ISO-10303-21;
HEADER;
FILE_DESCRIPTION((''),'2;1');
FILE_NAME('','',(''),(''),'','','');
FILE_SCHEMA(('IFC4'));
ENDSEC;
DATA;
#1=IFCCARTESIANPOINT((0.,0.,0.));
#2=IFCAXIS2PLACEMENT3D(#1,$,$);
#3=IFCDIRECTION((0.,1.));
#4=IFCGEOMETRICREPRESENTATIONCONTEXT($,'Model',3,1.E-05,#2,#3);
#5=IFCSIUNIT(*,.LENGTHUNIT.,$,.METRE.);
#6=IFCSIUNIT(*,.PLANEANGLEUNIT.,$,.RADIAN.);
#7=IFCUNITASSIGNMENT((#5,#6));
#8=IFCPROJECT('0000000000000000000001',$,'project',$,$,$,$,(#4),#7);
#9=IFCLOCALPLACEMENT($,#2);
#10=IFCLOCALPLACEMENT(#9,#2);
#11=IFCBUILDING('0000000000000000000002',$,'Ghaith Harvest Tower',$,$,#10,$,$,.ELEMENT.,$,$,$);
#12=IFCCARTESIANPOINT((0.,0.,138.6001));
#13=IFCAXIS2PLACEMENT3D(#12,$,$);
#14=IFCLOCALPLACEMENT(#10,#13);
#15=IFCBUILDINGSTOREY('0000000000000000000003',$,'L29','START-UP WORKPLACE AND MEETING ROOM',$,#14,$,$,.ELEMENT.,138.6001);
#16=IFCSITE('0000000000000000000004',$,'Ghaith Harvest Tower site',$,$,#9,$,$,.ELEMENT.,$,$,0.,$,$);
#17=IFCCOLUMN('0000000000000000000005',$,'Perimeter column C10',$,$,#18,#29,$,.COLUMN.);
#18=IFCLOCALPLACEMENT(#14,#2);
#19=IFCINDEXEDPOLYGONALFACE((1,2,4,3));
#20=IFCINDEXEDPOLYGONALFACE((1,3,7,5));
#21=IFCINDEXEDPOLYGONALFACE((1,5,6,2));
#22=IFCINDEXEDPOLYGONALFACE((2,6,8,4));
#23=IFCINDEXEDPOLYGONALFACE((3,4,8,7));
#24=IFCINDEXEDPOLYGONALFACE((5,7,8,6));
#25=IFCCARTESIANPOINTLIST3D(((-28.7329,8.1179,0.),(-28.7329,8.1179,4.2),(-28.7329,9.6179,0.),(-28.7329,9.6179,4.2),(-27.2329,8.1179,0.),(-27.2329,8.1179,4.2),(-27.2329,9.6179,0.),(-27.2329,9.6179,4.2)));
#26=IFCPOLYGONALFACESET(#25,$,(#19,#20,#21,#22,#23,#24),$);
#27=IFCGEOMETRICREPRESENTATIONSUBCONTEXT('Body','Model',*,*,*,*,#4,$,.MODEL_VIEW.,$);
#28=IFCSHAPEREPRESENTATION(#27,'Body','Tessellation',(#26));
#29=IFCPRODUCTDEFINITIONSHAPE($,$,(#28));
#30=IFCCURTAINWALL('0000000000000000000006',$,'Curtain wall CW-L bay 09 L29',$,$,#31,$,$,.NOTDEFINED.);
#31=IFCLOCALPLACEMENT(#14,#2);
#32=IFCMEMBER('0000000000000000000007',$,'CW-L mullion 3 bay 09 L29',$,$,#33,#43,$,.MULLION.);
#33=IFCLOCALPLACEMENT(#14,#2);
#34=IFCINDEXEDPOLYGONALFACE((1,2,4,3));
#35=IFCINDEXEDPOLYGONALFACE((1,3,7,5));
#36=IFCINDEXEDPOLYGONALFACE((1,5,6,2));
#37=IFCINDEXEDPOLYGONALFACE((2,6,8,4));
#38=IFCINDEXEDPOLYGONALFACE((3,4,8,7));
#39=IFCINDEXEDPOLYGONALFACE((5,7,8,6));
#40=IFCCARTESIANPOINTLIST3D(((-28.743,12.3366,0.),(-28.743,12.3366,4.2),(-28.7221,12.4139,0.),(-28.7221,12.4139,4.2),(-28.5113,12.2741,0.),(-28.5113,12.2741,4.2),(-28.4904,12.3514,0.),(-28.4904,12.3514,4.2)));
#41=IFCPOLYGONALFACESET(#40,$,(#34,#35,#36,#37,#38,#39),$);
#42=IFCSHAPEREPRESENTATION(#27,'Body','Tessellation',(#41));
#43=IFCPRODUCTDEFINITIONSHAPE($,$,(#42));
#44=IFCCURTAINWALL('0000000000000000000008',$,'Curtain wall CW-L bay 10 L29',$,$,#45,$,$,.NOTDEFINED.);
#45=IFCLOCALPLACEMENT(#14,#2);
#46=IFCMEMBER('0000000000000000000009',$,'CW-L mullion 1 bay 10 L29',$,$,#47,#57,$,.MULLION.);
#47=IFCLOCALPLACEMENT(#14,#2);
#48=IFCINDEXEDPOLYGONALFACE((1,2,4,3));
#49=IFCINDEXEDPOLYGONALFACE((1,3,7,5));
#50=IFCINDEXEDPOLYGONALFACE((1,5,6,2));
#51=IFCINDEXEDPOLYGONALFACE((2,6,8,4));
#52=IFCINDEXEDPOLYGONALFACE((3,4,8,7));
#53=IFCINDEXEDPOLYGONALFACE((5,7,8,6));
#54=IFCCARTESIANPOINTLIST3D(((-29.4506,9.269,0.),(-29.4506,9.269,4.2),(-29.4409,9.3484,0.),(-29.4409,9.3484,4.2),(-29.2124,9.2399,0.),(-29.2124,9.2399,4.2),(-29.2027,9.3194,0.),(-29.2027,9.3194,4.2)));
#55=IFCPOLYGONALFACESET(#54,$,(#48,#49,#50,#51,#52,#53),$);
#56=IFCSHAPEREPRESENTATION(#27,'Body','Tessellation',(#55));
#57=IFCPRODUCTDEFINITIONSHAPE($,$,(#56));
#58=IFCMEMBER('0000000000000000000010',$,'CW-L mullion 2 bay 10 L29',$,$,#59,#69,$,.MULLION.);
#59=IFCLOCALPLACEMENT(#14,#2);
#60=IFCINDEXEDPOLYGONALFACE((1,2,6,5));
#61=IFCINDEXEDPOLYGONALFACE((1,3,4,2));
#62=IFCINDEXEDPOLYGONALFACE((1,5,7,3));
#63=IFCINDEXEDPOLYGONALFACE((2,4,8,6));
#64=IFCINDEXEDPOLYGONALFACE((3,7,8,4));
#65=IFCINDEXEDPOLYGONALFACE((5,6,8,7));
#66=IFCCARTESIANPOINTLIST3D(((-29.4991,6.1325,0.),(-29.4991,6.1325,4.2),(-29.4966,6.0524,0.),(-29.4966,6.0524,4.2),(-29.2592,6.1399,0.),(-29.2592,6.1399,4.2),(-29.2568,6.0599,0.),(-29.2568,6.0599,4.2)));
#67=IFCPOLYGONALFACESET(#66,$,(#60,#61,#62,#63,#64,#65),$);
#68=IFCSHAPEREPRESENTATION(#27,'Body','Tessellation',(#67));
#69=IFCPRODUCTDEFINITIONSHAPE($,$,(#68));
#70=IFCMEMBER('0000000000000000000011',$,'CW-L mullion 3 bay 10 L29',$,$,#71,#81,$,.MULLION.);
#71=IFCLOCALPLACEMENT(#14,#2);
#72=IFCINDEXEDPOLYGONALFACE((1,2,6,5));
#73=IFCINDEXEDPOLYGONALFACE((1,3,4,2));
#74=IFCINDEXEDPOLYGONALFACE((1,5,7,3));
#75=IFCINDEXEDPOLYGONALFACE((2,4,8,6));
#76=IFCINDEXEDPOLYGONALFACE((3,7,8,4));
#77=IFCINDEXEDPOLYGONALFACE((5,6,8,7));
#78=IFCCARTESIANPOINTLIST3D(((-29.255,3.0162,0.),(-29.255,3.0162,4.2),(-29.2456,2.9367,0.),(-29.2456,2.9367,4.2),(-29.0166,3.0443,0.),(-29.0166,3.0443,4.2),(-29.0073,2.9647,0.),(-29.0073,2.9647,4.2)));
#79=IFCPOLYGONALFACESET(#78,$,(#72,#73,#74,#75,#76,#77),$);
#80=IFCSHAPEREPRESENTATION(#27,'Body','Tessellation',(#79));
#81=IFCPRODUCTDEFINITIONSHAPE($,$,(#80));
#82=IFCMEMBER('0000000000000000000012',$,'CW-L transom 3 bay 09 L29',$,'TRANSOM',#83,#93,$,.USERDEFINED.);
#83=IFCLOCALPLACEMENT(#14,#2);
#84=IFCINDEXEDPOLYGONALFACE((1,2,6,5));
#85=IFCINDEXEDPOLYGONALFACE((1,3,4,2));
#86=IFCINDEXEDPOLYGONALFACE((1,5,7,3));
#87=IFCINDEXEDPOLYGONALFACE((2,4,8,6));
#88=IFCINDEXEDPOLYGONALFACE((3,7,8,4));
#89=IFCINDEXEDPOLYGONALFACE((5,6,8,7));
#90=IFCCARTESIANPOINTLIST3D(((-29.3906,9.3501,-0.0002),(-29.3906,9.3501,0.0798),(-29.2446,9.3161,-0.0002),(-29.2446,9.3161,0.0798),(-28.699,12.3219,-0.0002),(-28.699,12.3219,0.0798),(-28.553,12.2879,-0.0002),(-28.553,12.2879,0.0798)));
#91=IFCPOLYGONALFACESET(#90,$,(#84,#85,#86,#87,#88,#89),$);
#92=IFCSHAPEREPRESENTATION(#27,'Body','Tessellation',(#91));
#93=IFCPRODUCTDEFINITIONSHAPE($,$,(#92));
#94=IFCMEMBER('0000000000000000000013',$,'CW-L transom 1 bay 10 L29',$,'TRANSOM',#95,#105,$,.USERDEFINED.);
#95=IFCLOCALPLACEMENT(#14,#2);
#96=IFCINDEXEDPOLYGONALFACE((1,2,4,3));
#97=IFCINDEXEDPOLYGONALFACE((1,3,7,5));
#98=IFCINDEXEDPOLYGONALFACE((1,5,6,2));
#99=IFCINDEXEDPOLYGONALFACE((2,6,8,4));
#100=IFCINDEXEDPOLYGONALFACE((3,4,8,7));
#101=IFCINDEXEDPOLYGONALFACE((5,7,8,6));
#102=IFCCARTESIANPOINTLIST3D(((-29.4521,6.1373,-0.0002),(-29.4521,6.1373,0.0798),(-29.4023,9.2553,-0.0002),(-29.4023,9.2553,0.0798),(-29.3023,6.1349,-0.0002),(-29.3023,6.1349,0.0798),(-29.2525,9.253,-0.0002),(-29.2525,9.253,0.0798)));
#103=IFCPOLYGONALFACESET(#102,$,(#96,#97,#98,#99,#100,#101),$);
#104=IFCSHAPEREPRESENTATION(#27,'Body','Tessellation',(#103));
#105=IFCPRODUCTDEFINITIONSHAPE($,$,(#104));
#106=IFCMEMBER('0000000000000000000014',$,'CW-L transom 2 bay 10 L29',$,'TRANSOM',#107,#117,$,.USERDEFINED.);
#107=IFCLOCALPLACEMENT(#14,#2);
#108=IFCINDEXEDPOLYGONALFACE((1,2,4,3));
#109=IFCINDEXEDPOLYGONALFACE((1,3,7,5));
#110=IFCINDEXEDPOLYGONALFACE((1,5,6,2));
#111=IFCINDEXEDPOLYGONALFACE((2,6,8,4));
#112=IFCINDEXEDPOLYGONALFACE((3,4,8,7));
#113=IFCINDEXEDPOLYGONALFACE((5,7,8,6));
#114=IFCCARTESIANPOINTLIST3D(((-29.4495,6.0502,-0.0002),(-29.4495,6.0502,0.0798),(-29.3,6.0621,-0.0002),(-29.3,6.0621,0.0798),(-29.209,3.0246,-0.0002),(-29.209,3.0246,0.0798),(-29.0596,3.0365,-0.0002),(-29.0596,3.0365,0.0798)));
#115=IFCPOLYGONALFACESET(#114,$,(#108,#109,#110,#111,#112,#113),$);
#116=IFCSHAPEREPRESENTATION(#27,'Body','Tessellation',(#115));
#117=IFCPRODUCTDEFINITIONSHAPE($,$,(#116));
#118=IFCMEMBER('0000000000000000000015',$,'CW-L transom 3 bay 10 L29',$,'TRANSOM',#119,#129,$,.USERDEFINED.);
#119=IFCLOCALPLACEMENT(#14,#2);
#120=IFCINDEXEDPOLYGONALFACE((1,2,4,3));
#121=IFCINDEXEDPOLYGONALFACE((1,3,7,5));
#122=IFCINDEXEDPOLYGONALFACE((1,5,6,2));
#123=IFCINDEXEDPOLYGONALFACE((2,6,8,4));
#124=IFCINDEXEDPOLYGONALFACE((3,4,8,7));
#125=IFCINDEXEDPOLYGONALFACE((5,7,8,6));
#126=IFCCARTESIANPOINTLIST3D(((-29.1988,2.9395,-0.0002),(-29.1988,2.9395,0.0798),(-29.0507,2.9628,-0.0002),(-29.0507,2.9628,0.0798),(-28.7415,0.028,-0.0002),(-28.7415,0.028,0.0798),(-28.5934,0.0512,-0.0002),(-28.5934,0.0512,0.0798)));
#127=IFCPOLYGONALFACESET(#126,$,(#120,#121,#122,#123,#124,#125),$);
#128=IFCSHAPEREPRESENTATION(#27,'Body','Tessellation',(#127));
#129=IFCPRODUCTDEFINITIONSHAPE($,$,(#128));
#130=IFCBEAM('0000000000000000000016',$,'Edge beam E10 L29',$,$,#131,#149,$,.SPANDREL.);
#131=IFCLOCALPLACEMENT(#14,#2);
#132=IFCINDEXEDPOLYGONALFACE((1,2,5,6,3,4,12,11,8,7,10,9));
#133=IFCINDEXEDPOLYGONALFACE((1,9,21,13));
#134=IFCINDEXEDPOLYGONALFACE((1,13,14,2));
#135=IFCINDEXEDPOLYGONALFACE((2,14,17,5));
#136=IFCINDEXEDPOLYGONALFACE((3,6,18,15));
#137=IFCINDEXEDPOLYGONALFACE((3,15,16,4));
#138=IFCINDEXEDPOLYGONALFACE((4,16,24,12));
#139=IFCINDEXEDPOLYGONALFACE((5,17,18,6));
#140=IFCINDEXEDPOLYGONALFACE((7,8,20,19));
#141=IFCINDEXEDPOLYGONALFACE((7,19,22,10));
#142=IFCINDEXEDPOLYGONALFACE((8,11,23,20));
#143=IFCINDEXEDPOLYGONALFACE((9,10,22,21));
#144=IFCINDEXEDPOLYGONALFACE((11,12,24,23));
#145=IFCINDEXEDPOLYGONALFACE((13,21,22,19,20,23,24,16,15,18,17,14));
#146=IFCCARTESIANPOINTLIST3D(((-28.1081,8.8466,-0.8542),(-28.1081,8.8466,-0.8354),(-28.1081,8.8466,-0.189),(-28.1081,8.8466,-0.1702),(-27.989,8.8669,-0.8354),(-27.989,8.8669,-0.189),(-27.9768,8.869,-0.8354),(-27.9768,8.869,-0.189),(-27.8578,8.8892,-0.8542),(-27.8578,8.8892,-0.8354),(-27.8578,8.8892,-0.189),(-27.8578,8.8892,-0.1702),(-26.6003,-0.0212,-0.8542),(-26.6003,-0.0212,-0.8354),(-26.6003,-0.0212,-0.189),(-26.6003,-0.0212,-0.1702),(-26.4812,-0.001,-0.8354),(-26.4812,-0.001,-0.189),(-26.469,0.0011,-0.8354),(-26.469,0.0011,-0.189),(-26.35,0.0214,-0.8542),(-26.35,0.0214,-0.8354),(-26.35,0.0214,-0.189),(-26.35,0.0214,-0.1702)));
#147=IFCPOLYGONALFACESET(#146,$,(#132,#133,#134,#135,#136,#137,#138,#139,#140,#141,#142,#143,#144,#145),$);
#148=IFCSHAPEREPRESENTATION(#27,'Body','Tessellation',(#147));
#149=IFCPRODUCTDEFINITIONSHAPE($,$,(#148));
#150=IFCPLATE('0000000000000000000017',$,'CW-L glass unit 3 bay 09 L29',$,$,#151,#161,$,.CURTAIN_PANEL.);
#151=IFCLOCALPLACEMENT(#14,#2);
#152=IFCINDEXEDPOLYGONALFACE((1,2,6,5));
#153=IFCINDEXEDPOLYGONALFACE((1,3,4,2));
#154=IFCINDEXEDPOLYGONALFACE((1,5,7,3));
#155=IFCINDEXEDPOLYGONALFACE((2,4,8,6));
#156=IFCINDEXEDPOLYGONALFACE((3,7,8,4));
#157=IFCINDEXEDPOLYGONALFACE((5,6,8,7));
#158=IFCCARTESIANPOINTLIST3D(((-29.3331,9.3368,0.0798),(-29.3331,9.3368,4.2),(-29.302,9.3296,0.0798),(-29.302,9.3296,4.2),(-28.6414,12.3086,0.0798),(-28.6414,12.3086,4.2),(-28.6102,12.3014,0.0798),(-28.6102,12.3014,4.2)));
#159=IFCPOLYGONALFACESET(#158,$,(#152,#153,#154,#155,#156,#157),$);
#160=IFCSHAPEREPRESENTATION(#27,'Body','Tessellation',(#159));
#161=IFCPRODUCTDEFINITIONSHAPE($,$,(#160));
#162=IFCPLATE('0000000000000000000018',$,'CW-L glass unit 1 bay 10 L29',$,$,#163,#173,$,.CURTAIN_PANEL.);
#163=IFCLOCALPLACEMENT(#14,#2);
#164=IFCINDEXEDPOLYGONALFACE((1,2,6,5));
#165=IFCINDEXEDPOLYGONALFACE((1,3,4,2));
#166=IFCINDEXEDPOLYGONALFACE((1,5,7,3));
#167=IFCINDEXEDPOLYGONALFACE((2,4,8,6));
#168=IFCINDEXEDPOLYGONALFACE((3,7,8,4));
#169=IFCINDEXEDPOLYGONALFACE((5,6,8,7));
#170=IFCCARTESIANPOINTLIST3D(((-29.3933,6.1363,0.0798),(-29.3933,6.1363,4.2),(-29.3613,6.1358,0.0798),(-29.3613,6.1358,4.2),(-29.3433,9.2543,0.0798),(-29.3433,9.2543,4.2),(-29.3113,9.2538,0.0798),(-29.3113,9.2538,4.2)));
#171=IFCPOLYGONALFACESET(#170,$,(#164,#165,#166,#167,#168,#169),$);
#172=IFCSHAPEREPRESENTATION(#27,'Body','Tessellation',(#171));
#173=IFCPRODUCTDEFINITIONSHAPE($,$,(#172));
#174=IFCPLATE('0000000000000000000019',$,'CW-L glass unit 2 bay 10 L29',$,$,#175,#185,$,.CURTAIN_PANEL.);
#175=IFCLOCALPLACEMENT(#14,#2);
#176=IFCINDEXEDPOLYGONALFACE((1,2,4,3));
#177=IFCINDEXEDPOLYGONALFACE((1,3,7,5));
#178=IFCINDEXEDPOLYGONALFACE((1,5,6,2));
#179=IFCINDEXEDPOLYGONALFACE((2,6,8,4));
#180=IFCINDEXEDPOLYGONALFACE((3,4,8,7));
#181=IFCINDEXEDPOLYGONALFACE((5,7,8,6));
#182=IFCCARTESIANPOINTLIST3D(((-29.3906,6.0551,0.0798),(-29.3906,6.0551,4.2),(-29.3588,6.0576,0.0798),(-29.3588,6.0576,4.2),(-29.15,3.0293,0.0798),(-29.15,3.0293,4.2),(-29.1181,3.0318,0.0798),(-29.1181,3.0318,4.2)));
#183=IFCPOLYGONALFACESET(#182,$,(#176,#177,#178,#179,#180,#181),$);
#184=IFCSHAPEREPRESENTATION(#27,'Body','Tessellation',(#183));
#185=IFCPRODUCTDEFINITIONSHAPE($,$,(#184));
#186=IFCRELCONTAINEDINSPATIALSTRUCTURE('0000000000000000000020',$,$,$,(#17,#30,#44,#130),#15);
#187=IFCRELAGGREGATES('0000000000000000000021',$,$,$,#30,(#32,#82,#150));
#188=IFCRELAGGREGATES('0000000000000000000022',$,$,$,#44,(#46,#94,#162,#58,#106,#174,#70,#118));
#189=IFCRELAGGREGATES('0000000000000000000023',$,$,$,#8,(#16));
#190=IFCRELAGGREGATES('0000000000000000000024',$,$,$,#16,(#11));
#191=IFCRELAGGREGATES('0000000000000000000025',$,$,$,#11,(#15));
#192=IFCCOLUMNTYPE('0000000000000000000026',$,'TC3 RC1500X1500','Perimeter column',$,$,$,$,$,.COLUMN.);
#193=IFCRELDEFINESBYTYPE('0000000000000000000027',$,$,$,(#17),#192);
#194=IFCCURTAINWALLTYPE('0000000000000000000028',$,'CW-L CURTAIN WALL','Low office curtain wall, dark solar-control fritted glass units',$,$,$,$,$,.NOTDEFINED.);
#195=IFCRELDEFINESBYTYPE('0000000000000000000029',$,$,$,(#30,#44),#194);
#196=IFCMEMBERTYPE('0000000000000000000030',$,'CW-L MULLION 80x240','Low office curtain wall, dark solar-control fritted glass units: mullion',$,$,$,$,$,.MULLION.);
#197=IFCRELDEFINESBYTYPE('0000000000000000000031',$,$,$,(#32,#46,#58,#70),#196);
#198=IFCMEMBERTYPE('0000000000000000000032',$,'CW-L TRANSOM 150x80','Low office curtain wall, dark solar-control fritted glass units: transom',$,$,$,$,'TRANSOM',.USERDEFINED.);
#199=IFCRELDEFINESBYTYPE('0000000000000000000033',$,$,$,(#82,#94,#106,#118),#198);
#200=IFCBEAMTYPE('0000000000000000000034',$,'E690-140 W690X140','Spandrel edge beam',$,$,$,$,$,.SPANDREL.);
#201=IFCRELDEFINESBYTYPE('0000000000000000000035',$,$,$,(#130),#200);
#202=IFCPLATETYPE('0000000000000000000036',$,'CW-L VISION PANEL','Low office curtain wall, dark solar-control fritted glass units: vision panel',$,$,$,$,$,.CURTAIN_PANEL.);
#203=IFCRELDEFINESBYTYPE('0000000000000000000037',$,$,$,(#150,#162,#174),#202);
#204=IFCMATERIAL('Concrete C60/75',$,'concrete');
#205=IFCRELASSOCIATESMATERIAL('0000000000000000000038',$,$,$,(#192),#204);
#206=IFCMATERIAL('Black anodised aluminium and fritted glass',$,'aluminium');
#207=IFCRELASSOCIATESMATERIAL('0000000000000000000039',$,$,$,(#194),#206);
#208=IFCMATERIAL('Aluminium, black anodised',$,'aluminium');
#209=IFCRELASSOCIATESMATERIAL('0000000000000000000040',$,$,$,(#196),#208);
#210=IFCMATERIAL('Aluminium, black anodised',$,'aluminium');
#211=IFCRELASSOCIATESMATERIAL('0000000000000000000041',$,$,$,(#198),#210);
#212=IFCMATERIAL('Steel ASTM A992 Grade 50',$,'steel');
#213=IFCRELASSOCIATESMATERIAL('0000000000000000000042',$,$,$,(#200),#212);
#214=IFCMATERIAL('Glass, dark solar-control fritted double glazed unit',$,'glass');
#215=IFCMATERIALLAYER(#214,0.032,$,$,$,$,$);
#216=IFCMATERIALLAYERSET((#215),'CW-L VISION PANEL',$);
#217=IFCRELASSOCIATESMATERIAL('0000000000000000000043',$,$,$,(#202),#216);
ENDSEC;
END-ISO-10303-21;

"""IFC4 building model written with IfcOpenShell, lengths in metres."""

from ifc_helpers import new_model, si_unit, direction, frame, origin, origin_2d, place, context, subcontext, project, spatial, rectangle, i_section, extrude, material, layer, layer_set, material_profile, profile_set, type_object, element, aggregate, save


model = new_model("IFC4")

# Units and contexts
model_context = context("Model", 3, precision=1e-05, world=origin(), true_north=direction((0.0, 1.0)))
body_context = subcontext(model_context, "Body", "Model", "MODEL_VIEW")
ifc_project = project(units=[si_unit("LENGTHUNIT", "METRE"), si_unit("PLANEANGLEUNIT", "RADIAN")], contexts=[model_context])

# Site, building, storey
site_placement = place(None, origin())
site = spatial("IfcSite", under=ifc_project, at=site_placement, Name="Ghaith Harvest Tower site", CompositionType="ELEMENT", RefElevation=0.0)
building_placement = place(site_placement, origin())
building = spatial("IfcBuilding", under=site, at=building_placement, Name="Ghaith Harvest Tower", CompositionType="ELEMENT")
storey_placement = place(building_placement, frame((0.0, 0.0, 138.6001)))
storey = spatial("IfcBuildingStorey", under=building, at=storey_placement, Name="L29", Description="START-UP WORKPLACE AND MEETING ROOM", CompositionType="ELEMENT", Elevation=138.6001)

# Column
ifc_material_1 = material(Name="Concrete C60/75", Category="concrete")
ifc_material_profile_1 = material_profile(ifc_material_1, rectangle(XDim=1.5, YDim=1.5, at=origin_2d()), Name="RC1500X1500")
ifc_profile_set_1 = profile_set([ifc_material_profile_1], Name="Concrete C60/75")
column_type = type_object("IfcColumnType", Name="TC3 RC1500X1500", Description="Perimeter column", PredefinedType="COLUMN", material=ifc_profile_set_1)
column_placement = place(storey_placement, frame((-27.9829, 8.8679, 0.0), z_axis=(0.0, 0.0, 1.0), x_axis=(1.0, 0.0, 0.0)))
element("IfcColumn", 1, at=column_placement, inside=storey, type_object=column_type, Name="Perimeter column C10", PredefinedType="COLUMN", context=body_context, shape_type="SweptSolid", body=[
    extrude(rectangle(XDim=1.5, YDim=1.5, at=origin_2d()), origin(), (0.0, 0.0, 1.0), 4.2),
])

# Curtain wall, member
ifc_material_2 = material(Name="Black anodised aluminium and fritted glass", Category="aluminium")
curtain_wall_type = type_object("IfcCurtainWallType", Name="CW-L CURTAIN WALL", Description="Low office curtain wall, dark solar-control fritted glass units", PredefinedType="NOTDEFINED", material=ifc_material_2)
curtain_wall_1_placement = place(storey_placement, origin())
curtain_wall_1 = element("IfcCurtainWall", 2, at=curtain_wall_1_placement, inside=storey, type_object=curtain_wall_type, Name="Curtain wall CW-L bay 09 L29", PredefinedType="NOTDEFINED")
ifc_material_3 = material(Name="Aluminium, black anodised", Category="aluminium")
ifc_material_profile_2 = material_profile(ifc_material_3, rectangle(XDim=0.0801, YDim=0.24, at=origin_2d()), Name="CW-L MULLION 80x240")
ifc_profile_set_2 = profile_set([ifc_material_profile_2], Name="Aluminium, black anodised")
member_type_1 = type_object("IfcMemberType", Name="CW-L MULLION 80x240", Description="Low office curtain wall, dark solar-control fritted glass units: mullion", PredefinedType="MULLION", material=ifc_profile_set_2)
member_1_placement = place(storey_placement, frame((-28.6167, 12.344, 0.0), z_axis=(0.0, 0.0, 1.0), x_axis=(-0.260727, -0.965412, 0.0)))
member_1 = element("IfcMember", 3, at=member_1_placement, type_object=member_type_1, Name="CW-L mullion 3 bay 09 L29", PredefinedType="MULLION", context=body_context, shape_type="SweptSolid", body=[
    extrude(rectangle(XDim=0.0801, YDim=0.24, at=origin_2d()), origin(), (0.0, 0.0, 1.0), 4.2),
])

# Curtain wall, members
curtain_wall_2_placement = place(storey_placement, origin())
curtain_wall_2 = element("IfcCurtainWall", 4, at=curtain_wall_2_placement, inside=storey, type_object=curtain_wall_type, Name="Curtain wall CW-L bay 10 L29", PredefinedType="NOTDEFINED")
member_2_placement = place(storey_placement, frame((-29.3267, 9.2942, 0.0), z_axis=(0.0, 0.0, 1.0), x_axis=(-0.120932, -0.992661, 0.0)))
member_2 = element("IfcMember", 5, at=member_2_placement, type_object=member_type_1, Name="CW-L mullion 1 bay 10 L29", PredefinedType="MULLION", context=body_context, shape_type="SweptSolid", body=[
    extrude(rectangle(XDim=0.0801, YDim=0.24, at=origin_2d()), origin(), (0.0, 0.0, 1.0), 4.2),
])
member_3_placement = place(storey_placement, frame((-29.3779, 6.0962, 0.0), z_axis=(0.0, 0.0, 1.0), x_axis=(0.031028, -0.999519, 0.0)))
member_3 = element("IfcMember", 6, at=member_3_placement, type_object=member_type_1, Name="CW-L mullion 2 bay 10 L29", PredefinedType="MULLION", context=body_context, shape_type="SweptSolid", body=[
    extrude(rectangle(XDim=0.0801, YDim=0.24, at=origin_2d()), origin(), (0.0, 0.0, 1.0), 4.2),
])
member_4_placement = place(storey_placement, frame((-29.1311, 2.9905, 0.0), z_axis=(0.0, 0.0, 1.0), x_axis=(0.116764, -0.99316, 0.0)))
member_4 = element("IfcMember", 7, at=member_4_placement, type_object=member_type_1, Name="CW-L mullion 3 bay 10 L29", PredefinedType="MULLION", context=body_context, shape_type="SweptSolid", body=[
    extrude(rectangle(XDim=0.0801, YDim=0.24, at=origin_2d()), origin(), (0.0, 0.0, 1.0), 4.2),
])

# Members
ifc_material_4 = material(Name="Aluminium, black anodised", Category="aluminium")
ifc_material_profile_3 = material_profile(ifc_material_4, rectangle(XDim=0.1499, YDim=0.0801, at=origin_2d()), Name="CW-L TRANSOM 150x80")
ifc_profile_set_3 = profile_set([ifc_material_profile_3], Name="Aluminium, black anodised")
member_type_2 = type_object("IfcMemberType", Name="CW-L TRANSOM 150x80", Description="Low office curtain wall, dark solar-control fritted glass units: transom", ElementType="TRANSOM", PredefinedType="USERDEFINED", material=ifc_profile_set_3)
member_5_placement = place(storey_placement, frame((-28.626, 12.3049, 0.0398), z_axis=(-0.226671, -0.973971, 0.0), x_axis=(0.973971, -0.226671, 0.0)))
member_5 = element("IfcMember", 8, at=member_5_placement, type_object=member_type_2, Name="CW-L transom 3 bay 09 L29", ObjectType="TRANSOM", PredefinedType="USERDEFINED", context=body_context, shape_type="SweptSolid", body=[
    extrude(rectangle(XDim=0.1499, YDim=0.0801, at=origin_2d()), origin(), (0.0, 0.0, 1.0), 3.0513),
])
member_6_placement = place(storey_placement, frame((-29.3274, 9.2542, 0.0398), z_axis=(-0.015972, -0.999872, 0.0), x_axis=(0.999872, -0.015972, 0.0)))
member_6 = element("IfcMember", 9, at=member_6_placement, type_object=member_type_2, Name="CW-L transom 1 bay 10 L29", ObjectType="TRANSOM", PredefinedType="USERDEFINED", context=body_context, shape_type="SweptSolid", body=[
    extrude(rectangle(XDim=0.1499, YDim=0.0801, at=origin_2d()), origin(), (0.0, 0.0, 1.0), 3.1184),
])
member_7_placement = place(storey_placement, frame((-29.3748, 6.0562, 0.0398), z_axis=(0.07923, -0.996856, 0.0), x_axis=(0.996856, 0.07923, 0.0)))
member_7 = element("IfcMember", 10, at=member_7_placement, type_object=member_type_2, Name="CW-L transom 2 bay 10 L29", ObjectType="TRANSOM", PredefinedType="USERDEFINED", context=body_context, shape_type="SweptSolid", body=[
    extrude(rectangle(XDim=0.1499, YDim=0.0801, at=origin_2d()), origin(), (0.0, 0.0, 1.0), 3.0352),
])
member_8_placement = place(storey_placement, frame((-29.1248, 2.9512, 0.0398), z_axis=(0.15515, -0.987891, 0.0), x_axis=(0.987891, 0.15515, 0.0)))
member_8 = element("IfcMember", 11, at=member_8_placement, type_object=member_type_2, Name="CW-L transom 3 bay 10 L29", ObjectType="TRANSOM", PredefinedType="USERDEFINED", context=body_context, shape_type="SweptSolid", body=[
    extrude(rectangle(XDim=0.1499, YDim=0.0801, at=origin_2d()), origin(), (0.0, 0.0, 1.0), 2.9473),
])

# Beam
ifc_material_5 = material(Name="Steel ASTM A992 Grade 50", Category="steel")
ifc_material_profile_4 = material_profile(ifc_material_5, i_section(OverallWidth=0.2539, OverallDepth=0.6841, WebThickness=0.0125, FlangeThickness=0.0188, at=origin_2d()), Name="W690X140")
ifc_profile_set_4 = profile_set([ifc_material_profile_4], Name="Steel ASTM A992 Grade 50")
beam_type = type_object("IfcBeamType", Name="E690-140 W690X140", Description="Spandrel edge beam", PredefinedType="SPANDREL", material=ifc_profile_set_4)
beam_placement = place(storey_placement, frame((-27.9829, 8.8679, -0.5122), z_axis=(0.167624, -0.985851, 0.0), x_axis=(0.985851, 0.167624, 0.0)))
element("IfcBeam", 12, at=beam_placement, inside=storey, type_object=beam_type, Name="Edge beam E10 L29", PredefinedType="SPANDREL", context=body_context, shape_type="SweptSolid", body=[
    extrude(i_section(OverallWidth=0.2539, OverallDepth=0.6841, WebThickness=0.0125, FlangeThickness=0.0188, at=origin_2d()), origin(), (0.0, 0.0, 1.0), 8.9951),
])

# Plates
ifc_material_6 = material(Name="Glass, dark solar-control fritted double glazed unit", Category="glass")
ifc_layer_1 = layer(ifc_material_6, 0.032)
ifc_layer_set_1 = layer_set([ifc_layer_1], Name="CW-L VISION PANEL")
plate_type_1 = type_object("IfcPlateType", Name="CW-L VISION PANEL", Description="Low office curtain wall, dark solar-control fritted glass units: vision panel", PredefinedType="CURTAIN_PANEL", material=ifc_layer_set_1)
plate_1_placement = place(storey_placement, frame((-28.9717, 10.8191, 0.0798), z_axis=(0.0, 0.0, 1.0), x_axis=(-0.226699, -0.973965, 0.0)))
plate_1 = element("IfcPlate", 13, at=plate_1_placement, type_object=plate_type_1, Name="CW-L glass unit 3 bay 09 L29", PredefinedType="CURTAIN_PANEL", context=body_context, shape_type="SweptSolid", body=[
    extrude(rectangle(XDim=3.0513, YDim=0.032, at=origin_2d()), origin(), (0.0, 0.0, 1.0), 4.1201),
])
aggregate(curtain_wall_1, [member_1, member_5, plate_1])
plate_2_placement = place(storey_placement, frame((-29.3523, 7.6951, 0.0798), z_axis=(0.0, 0.0, 1.0), x_axis=(-0.016034, -0.999871, 0.0)))
plate_2 = element("IfcPlate", 14, at=plate_2_placement, type_object=plate_type_1, Name="CW-L glass unit 1 bay 10 L29", PredefinedType="CURTAIN_PANEL", context=body_context, shape_type="SweptSolid", body=[
    extrude(rectangle(XDim=3.1184, YDim=0.032, at=origin_2d()), origin(), (0.0, 0.0, 1.0), 4.1201),
])
plate_3_placement = place(storey_placement, frame((-29.2544, 4.5435, 0.0798), z_axis=(0.0, 0.0, 1.0), x_axis=(0.079273, -0.996853, 0.0)))
plate_3 = element("IfcPlate", 15, at=plate_3_placement, type_object=plate_type_1, Name="CW-L glass unit 2 bay 10 L29", PredefinedType="CURTAIN_PANEL", context=body_context, shape_type="SweptSolid", body=[
    extrude(rectangle(XDim=3.0354, YDim=0.032, at=origin_2d()), origin(), (0.0, 0.0, 1.0), 4.1201),
])
aggregate(curtain_wall_2, [member_2, member_6, plate_2, member_3, member_7, plate_3, member_4, member_8])

save(model, "model.ifc")
